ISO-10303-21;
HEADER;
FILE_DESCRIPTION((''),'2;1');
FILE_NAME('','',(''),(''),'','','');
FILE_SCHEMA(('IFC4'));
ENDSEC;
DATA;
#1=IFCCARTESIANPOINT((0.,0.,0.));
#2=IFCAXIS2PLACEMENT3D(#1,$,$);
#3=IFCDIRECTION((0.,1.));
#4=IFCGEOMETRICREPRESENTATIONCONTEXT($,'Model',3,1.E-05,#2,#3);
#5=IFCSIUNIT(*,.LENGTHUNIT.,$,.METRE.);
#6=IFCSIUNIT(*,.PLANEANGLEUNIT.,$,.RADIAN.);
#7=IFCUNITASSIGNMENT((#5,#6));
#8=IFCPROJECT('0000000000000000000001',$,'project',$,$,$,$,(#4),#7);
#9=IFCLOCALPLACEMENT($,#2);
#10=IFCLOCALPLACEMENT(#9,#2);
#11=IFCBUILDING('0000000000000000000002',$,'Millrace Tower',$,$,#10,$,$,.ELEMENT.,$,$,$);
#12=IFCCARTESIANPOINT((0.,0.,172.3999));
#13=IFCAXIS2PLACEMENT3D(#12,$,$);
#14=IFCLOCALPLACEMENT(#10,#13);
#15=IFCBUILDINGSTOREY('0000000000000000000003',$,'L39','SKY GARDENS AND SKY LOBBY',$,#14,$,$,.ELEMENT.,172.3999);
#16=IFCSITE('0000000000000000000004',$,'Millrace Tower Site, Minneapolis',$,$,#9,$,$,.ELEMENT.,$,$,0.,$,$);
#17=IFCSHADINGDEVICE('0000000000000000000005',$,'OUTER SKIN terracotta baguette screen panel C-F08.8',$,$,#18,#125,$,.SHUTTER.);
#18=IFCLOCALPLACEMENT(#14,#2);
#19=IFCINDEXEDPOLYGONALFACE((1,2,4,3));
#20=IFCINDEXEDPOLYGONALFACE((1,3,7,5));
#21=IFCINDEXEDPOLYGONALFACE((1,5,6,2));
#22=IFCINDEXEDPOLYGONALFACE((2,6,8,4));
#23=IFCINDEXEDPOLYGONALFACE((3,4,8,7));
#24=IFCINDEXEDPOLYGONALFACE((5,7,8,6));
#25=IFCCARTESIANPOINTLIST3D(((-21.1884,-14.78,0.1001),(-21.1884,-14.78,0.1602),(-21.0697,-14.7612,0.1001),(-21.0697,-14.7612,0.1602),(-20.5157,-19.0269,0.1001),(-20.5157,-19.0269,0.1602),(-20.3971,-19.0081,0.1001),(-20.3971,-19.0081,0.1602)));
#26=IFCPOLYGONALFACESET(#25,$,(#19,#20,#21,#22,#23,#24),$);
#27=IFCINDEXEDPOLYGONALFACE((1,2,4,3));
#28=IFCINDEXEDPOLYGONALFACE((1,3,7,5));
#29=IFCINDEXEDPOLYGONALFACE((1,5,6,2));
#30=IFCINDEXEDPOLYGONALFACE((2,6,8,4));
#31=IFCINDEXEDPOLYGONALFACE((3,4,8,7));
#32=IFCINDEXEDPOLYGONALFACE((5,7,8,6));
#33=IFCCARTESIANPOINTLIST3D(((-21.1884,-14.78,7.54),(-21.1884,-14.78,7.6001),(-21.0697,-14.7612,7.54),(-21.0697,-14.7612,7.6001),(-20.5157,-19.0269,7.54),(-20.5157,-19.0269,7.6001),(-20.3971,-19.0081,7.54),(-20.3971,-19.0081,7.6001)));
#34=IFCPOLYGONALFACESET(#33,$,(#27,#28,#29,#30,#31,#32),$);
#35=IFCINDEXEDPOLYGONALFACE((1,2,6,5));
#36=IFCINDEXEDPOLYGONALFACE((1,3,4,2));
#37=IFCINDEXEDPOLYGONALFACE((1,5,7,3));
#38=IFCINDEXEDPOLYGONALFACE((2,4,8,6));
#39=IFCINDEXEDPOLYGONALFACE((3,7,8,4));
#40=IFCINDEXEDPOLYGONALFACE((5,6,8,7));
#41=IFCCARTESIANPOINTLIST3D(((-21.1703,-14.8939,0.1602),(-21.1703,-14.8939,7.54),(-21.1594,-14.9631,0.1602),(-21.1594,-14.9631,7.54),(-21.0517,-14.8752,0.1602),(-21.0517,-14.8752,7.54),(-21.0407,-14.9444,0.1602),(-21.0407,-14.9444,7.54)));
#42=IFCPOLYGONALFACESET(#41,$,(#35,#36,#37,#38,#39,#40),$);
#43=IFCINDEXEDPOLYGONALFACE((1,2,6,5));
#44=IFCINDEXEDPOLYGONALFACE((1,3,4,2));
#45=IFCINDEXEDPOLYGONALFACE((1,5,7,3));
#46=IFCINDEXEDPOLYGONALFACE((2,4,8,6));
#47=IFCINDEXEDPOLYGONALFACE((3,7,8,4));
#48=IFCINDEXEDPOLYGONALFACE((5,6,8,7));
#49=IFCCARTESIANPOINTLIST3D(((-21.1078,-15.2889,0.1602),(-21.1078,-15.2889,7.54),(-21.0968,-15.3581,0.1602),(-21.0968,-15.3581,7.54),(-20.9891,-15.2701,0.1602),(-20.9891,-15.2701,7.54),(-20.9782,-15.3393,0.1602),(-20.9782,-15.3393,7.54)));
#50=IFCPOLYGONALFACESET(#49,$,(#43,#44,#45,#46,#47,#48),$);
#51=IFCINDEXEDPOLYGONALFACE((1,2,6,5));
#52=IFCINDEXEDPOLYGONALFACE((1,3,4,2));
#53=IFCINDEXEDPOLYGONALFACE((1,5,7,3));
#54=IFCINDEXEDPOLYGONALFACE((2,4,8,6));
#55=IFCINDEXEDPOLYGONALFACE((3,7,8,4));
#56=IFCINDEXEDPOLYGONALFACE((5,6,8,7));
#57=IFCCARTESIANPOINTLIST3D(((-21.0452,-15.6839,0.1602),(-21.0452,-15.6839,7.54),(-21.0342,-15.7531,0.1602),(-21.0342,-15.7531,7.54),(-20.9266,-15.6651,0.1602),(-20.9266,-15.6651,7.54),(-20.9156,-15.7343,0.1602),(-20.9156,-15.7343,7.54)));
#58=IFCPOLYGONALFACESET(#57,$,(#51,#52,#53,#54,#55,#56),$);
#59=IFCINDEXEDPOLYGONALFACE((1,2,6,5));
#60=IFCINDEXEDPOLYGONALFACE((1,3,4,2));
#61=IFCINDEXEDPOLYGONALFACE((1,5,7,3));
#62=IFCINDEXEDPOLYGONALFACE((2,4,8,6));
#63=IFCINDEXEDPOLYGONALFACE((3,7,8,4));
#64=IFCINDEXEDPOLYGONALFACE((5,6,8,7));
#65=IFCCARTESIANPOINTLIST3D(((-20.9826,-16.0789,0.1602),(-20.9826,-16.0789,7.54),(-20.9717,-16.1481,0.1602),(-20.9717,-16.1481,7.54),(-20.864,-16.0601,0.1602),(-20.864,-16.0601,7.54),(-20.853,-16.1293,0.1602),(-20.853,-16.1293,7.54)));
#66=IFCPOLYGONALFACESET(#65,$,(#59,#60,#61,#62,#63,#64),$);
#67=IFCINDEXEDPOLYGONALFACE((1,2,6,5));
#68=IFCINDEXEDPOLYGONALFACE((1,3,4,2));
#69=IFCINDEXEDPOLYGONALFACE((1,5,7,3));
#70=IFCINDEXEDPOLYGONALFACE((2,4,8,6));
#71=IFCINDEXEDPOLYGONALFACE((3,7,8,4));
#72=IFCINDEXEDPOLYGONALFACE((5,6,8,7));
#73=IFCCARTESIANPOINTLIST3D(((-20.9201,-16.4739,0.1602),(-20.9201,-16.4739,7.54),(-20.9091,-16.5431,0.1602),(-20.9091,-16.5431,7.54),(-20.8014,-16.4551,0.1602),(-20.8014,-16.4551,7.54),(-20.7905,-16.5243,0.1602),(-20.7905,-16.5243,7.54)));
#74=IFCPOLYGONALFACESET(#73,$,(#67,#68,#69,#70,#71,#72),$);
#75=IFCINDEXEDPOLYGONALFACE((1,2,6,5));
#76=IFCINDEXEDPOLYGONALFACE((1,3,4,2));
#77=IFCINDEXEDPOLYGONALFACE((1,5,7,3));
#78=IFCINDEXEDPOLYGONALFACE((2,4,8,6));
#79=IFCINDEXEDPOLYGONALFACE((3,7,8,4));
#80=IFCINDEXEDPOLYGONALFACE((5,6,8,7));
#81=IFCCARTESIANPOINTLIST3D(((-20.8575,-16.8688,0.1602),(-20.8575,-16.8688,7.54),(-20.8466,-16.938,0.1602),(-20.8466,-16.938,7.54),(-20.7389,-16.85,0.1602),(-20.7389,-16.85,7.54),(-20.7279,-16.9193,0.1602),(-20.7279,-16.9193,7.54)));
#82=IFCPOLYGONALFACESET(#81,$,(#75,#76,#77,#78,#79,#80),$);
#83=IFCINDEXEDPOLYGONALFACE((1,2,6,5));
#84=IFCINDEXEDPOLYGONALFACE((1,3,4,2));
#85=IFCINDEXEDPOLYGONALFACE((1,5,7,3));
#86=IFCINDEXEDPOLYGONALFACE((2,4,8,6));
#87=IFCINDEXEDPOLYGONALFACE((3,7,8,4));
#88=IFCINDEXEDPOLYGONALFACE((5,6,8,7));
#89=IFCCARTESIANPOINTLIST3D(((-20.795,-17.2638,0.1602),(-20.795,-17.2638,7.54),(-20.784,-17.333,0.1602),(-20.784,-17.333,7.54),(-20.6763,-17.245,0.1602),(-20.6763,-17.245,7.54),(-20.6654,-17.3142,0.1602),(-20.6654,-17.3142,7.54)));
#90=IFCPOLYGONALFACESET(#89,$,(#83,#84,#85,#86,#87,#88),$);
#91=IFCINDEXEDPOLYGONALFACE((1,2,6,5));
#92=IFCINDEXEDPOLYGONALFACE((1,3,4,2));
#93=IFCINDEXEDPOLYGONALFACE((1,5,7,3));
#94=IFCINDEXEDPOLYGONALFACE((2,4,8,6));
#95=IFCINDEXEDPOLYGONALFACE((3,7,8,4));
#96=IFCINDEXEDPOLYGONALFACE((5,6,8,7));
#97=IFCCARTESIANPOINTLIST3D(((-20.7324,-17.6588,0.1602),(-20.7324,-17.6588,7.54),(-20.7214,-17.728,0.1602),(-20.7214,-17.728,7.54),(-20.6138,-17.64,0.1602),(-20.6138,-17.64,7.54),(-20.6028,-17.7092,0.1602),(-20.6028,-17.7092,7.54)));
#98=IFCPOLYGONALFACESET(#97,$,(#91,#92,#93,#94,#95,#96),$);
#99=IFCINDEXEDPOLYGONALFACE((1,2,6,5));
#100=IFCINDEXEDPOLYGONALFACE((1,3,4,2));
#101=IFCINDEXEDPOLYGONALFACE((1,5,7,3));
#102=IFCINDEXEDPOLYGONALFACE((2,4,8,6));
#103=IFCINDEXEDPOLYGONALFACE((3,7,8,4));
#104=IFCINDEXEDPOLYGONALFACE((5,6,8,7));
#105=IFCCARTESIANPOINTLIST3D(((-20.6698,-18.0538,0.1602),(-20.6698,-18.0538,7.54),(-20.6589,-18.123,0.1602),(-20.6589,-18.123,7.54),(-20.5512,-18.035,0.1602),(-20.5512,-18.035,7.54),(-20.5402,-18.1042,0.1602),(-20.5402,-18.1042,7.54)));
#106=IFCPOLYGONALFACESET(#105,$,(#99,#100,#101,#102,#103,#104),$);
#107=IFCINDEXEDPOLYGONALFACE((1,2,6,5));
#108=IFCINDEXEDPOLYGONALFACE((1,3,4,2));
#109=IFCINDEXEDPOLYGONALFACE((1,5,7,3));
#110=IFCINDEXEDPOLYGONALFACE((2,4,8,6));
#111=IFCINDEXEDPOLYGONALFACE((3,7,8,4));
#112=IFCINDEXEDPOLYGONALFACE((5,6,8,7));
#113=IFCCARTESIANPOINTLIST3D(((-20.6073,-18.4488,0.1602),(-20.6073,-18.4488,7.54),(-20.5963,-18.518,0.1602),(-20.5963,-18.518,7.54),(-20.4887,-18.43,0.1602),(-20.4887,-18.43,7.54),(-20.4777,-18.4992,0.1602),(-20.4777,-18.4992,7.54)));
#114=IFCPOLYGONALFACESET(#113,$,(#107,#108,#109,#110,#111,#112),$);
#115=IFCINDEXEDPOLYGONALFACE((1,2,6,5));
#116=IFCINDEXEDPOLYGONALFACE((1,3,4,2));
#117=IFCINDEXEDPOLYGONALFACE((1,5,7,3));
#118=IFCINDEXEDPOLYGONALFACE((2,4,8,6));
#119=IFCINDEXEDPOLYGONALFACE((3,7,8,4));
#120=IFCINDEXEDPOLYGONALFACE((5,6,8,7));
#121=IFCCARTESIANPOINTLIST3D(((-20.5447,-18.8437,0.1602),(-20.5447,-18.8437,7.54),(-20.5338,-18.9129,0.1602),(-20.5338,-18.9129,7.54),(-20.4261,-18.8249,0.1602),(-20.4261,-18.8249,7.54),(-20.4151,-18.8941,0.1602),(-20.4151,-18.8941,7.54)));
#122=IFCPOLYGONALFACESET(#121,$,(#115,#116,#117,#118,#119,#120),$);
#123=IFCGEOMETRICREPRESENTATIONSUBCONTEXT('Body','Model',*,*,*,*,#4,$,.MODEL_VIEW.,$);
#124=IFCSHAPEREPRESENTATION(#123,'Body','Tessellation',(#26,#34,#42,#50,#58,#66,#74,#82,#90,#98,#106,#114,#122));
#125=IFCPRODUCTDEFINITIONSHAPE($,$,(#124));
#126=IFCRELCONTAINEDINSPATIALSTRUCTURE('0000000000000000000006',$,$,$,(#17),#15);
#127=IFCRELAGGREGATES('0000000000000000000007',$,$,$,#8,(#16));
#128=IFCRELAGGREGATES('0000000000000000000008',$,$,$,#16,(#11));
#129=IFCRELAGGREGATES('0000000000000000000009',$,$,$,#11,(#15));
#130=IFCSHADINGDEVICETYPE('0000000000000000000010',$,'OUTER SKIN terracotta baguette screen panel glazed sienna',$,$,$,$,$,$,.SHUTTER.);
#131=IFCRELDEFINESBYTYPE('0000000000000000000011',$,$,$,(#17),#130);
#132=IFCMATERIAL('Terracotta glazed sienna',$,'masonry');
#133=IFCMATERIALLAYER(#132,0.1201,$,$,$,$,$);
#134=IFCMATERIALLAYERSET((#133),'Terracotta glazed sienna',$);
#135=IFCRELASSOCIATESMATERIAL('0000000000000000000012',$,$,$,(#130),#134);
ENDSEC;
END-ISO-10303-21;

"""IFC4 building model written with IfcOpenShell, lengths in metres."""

from ifc_helpers import new_model, entity, si_unit, direction, frame, frame_2d, origin, origin_2d, place, context, subcontext, project, spatial, rectangle, extrude, source, transform, mapped, material, layer, layer_set, type_object, element, save


model = new_model("IFC4")

# Units and contexts
model_context = context("Model", 3, precision=1e-05, world=origin(), true_north=direction((0.0, 1.0)))
body_context = subcontext(model_context, "Body", "Model", "MODEL_VIEW")
ifc_project = project(units=[si_unit("LENGTHUNIT", "METRE"), si_unit("PLANEANGLEUNIT", "RADIAN")], contexts=[model_context])

# Site, building, storey
site_placement = place(None, origin())
site = spatial("IfcSite", under=ifc_project, at=site_placement, Name="Millrace Tower Site, Minneapolis", CompositionType="ELEMENT", RefElevation=0.0)
building_placement = place(site_placement, origin())
building = spatial("IfcBuilding", under=site, at=building_placement, Name="Millrace Tower", CompositionType="ELEMENT")
storey_placement = place(building_placement, frame((0.0, 0.0, 172.3999)))
storey = spatial("IfcBuildingStorey", under=building, at=storey_placement, Name="L39", Description="SKY GARDENS AND SKY LOBBY", CompositionType="ELEMENT", Elevation=172.3999)

# Shading device
ifc_material_1 = material(Name="Terracotta glazed sienna", Category="masonry")
ifc_layer_1 = layer(ifc_material_1, 0.1201)
ifc_layer_set_1 = layer_set([ifc_layer_1], Name="Terracotta glazed sienna")
shading_device_type = type_object("IfcShadingDeviceType", Name="OUTER SKIN terracotta baguette screen panel glazed sienna", PredefinedType="SHUTTER", material=ifc_layer_set_1)
cartesian_point_1 = entity("IfcCartesianPoint", [-2.1499, 0.0601])
shared_polyline_1 = entity("IfcPolyline", [cartesian_point_1, entity("IfcCartesianPoint", [2.1499, 0.0601]), entity("IfcCartesianPoint", [2.1499, -0.0601]), entity("IfcCartesianPoint", [-2.1499, -0.0601]), cartesian_point_1])
shared_shape_1 = source(origin(), body_context, "Body", "SweptSolid", [
    entity("IfcExtrudedAreaSolid", entity("IfcArbitraryClosedProfileDef", "AREA", None, shared_polyline_1), entity("IfcAxis2Placement3D", entity("IfcCartesianPoint", [0.0, 0.0, 0.0])), entity("IfcDirection", [0.0, 0.0, 1.0]), 0.0601),
    entity("IfcExtrudedAreaSolid", entity("IfcArbitraryClosedProfileDef", "AREA", None, shared_polyline_1), entity("IfcAxis2Placement3D", entity("IfcCartesianPoint", [0.0, 0.0, 7.4399])), entity("IfcDirection", [0.0, 0.0, 1.0]), 0.0601),
    extrude(rectangle(XDim=0.0701, YDim=0.1201, at=frame_2d((-1.9995, 0.0))), frame((0.0, 0.0, 0.0601)), (0.0, 0.0, 1.0), 7.3799),
    extrude(rectangle(XDim=0.0701, YDim=0.1201, at=frame_2d((-1.5996, 0.0))), frame((0.0, 0.0, 0.0601)), (0.0, 0.0, 1.0), 7.3799),
    extrude(rectangle(XDim=0.0701, YDim=0.1201, at=frame_2d((-1.1997, 0.0))), frame((0.0, 0.0, 0.0601)), (0.0, 0.0, 1.0), 7.3799),
    extrude(rectangle(XDim=0.0701, YDim=0.1201, at=frame_2d((-0.7998, 0.0))), frame((0.0, 0.0, 0.0601)), (0.0, 0.0, 1.0), 7.3799),
    extrude(rectangle(XDim=0.0701, YDim=0.1201, at=frame_2d((-0.3999, 0.0))), frame((0.0, 0.0, 0.0601)), (0.0, 0.0, 1.0), 7.3799),
    extrude(rectangle(XDim=0.0701, YDim=0.1201, at=origin_2d()), frame((0.0, 0.0, 0.0601)), (0.0, 0.0, 1.0), 7.3799),
    extrude(rectangle(XDim=0.0701, YDim=0.1201, at=frame_2d((0.3999, 0.0))), frame((0.0, 0.0, 0.0601)), (0.0, 0.0, 1.0), 7.3799),
    extrude(rectangle(XDim=0.0701, YDim=0.1201, at=frame_2d((0.7998, 0.0))), frame((0.0, 0.0, 0.0601)), (0.0, 0.0, 1.0), 7.3799),
    extrude(rectangle(XDim=0.0701, YDim=0.1201, at=frame_2d((1.1997, 0.0))), frame((0.0, 0.0, 0.0601)), (0.0, 0.0, 1.0), 7.3799),
    extrude(rectangle(XDim=0.0701, YDim=0.1201, at=frame_2d((1.5996, 0.0))), frame((0.0, 0.0, 0.0601)), (0.0, 0.0, 1.0), 7.3799),
    extrude(rectangle(XDim=0.0701, YDim=0.1201, at=frame_2d((1.9995, 0.0))), frame((0.0, 0.0, 0.0601)), (0.0, 0.0, 1.0), 7.3799),
])
shading_device_1_placement = place(storey_placement, frame((-20.7927, -16.894, 0.1001), z_axis=(0.0, 0.0, 1.0), x_axis=(0.156434, -0.987688, 0.0)))
element("IfcShadingDevice", 1, at=shading_device_1_placement, inside=storey, type_object=shading_device_type, Name="OUTER SKIN terracotta baguette screen panel C-F08.8", PredefinedType="SHUTTER", context=body_context, shape_type="MappedRepresentation", body=[
    mapped(shared_shape_1, transform((0.0, 0.0, 0.0), scale=1.0)),
])

save(model, "model.ifc")
